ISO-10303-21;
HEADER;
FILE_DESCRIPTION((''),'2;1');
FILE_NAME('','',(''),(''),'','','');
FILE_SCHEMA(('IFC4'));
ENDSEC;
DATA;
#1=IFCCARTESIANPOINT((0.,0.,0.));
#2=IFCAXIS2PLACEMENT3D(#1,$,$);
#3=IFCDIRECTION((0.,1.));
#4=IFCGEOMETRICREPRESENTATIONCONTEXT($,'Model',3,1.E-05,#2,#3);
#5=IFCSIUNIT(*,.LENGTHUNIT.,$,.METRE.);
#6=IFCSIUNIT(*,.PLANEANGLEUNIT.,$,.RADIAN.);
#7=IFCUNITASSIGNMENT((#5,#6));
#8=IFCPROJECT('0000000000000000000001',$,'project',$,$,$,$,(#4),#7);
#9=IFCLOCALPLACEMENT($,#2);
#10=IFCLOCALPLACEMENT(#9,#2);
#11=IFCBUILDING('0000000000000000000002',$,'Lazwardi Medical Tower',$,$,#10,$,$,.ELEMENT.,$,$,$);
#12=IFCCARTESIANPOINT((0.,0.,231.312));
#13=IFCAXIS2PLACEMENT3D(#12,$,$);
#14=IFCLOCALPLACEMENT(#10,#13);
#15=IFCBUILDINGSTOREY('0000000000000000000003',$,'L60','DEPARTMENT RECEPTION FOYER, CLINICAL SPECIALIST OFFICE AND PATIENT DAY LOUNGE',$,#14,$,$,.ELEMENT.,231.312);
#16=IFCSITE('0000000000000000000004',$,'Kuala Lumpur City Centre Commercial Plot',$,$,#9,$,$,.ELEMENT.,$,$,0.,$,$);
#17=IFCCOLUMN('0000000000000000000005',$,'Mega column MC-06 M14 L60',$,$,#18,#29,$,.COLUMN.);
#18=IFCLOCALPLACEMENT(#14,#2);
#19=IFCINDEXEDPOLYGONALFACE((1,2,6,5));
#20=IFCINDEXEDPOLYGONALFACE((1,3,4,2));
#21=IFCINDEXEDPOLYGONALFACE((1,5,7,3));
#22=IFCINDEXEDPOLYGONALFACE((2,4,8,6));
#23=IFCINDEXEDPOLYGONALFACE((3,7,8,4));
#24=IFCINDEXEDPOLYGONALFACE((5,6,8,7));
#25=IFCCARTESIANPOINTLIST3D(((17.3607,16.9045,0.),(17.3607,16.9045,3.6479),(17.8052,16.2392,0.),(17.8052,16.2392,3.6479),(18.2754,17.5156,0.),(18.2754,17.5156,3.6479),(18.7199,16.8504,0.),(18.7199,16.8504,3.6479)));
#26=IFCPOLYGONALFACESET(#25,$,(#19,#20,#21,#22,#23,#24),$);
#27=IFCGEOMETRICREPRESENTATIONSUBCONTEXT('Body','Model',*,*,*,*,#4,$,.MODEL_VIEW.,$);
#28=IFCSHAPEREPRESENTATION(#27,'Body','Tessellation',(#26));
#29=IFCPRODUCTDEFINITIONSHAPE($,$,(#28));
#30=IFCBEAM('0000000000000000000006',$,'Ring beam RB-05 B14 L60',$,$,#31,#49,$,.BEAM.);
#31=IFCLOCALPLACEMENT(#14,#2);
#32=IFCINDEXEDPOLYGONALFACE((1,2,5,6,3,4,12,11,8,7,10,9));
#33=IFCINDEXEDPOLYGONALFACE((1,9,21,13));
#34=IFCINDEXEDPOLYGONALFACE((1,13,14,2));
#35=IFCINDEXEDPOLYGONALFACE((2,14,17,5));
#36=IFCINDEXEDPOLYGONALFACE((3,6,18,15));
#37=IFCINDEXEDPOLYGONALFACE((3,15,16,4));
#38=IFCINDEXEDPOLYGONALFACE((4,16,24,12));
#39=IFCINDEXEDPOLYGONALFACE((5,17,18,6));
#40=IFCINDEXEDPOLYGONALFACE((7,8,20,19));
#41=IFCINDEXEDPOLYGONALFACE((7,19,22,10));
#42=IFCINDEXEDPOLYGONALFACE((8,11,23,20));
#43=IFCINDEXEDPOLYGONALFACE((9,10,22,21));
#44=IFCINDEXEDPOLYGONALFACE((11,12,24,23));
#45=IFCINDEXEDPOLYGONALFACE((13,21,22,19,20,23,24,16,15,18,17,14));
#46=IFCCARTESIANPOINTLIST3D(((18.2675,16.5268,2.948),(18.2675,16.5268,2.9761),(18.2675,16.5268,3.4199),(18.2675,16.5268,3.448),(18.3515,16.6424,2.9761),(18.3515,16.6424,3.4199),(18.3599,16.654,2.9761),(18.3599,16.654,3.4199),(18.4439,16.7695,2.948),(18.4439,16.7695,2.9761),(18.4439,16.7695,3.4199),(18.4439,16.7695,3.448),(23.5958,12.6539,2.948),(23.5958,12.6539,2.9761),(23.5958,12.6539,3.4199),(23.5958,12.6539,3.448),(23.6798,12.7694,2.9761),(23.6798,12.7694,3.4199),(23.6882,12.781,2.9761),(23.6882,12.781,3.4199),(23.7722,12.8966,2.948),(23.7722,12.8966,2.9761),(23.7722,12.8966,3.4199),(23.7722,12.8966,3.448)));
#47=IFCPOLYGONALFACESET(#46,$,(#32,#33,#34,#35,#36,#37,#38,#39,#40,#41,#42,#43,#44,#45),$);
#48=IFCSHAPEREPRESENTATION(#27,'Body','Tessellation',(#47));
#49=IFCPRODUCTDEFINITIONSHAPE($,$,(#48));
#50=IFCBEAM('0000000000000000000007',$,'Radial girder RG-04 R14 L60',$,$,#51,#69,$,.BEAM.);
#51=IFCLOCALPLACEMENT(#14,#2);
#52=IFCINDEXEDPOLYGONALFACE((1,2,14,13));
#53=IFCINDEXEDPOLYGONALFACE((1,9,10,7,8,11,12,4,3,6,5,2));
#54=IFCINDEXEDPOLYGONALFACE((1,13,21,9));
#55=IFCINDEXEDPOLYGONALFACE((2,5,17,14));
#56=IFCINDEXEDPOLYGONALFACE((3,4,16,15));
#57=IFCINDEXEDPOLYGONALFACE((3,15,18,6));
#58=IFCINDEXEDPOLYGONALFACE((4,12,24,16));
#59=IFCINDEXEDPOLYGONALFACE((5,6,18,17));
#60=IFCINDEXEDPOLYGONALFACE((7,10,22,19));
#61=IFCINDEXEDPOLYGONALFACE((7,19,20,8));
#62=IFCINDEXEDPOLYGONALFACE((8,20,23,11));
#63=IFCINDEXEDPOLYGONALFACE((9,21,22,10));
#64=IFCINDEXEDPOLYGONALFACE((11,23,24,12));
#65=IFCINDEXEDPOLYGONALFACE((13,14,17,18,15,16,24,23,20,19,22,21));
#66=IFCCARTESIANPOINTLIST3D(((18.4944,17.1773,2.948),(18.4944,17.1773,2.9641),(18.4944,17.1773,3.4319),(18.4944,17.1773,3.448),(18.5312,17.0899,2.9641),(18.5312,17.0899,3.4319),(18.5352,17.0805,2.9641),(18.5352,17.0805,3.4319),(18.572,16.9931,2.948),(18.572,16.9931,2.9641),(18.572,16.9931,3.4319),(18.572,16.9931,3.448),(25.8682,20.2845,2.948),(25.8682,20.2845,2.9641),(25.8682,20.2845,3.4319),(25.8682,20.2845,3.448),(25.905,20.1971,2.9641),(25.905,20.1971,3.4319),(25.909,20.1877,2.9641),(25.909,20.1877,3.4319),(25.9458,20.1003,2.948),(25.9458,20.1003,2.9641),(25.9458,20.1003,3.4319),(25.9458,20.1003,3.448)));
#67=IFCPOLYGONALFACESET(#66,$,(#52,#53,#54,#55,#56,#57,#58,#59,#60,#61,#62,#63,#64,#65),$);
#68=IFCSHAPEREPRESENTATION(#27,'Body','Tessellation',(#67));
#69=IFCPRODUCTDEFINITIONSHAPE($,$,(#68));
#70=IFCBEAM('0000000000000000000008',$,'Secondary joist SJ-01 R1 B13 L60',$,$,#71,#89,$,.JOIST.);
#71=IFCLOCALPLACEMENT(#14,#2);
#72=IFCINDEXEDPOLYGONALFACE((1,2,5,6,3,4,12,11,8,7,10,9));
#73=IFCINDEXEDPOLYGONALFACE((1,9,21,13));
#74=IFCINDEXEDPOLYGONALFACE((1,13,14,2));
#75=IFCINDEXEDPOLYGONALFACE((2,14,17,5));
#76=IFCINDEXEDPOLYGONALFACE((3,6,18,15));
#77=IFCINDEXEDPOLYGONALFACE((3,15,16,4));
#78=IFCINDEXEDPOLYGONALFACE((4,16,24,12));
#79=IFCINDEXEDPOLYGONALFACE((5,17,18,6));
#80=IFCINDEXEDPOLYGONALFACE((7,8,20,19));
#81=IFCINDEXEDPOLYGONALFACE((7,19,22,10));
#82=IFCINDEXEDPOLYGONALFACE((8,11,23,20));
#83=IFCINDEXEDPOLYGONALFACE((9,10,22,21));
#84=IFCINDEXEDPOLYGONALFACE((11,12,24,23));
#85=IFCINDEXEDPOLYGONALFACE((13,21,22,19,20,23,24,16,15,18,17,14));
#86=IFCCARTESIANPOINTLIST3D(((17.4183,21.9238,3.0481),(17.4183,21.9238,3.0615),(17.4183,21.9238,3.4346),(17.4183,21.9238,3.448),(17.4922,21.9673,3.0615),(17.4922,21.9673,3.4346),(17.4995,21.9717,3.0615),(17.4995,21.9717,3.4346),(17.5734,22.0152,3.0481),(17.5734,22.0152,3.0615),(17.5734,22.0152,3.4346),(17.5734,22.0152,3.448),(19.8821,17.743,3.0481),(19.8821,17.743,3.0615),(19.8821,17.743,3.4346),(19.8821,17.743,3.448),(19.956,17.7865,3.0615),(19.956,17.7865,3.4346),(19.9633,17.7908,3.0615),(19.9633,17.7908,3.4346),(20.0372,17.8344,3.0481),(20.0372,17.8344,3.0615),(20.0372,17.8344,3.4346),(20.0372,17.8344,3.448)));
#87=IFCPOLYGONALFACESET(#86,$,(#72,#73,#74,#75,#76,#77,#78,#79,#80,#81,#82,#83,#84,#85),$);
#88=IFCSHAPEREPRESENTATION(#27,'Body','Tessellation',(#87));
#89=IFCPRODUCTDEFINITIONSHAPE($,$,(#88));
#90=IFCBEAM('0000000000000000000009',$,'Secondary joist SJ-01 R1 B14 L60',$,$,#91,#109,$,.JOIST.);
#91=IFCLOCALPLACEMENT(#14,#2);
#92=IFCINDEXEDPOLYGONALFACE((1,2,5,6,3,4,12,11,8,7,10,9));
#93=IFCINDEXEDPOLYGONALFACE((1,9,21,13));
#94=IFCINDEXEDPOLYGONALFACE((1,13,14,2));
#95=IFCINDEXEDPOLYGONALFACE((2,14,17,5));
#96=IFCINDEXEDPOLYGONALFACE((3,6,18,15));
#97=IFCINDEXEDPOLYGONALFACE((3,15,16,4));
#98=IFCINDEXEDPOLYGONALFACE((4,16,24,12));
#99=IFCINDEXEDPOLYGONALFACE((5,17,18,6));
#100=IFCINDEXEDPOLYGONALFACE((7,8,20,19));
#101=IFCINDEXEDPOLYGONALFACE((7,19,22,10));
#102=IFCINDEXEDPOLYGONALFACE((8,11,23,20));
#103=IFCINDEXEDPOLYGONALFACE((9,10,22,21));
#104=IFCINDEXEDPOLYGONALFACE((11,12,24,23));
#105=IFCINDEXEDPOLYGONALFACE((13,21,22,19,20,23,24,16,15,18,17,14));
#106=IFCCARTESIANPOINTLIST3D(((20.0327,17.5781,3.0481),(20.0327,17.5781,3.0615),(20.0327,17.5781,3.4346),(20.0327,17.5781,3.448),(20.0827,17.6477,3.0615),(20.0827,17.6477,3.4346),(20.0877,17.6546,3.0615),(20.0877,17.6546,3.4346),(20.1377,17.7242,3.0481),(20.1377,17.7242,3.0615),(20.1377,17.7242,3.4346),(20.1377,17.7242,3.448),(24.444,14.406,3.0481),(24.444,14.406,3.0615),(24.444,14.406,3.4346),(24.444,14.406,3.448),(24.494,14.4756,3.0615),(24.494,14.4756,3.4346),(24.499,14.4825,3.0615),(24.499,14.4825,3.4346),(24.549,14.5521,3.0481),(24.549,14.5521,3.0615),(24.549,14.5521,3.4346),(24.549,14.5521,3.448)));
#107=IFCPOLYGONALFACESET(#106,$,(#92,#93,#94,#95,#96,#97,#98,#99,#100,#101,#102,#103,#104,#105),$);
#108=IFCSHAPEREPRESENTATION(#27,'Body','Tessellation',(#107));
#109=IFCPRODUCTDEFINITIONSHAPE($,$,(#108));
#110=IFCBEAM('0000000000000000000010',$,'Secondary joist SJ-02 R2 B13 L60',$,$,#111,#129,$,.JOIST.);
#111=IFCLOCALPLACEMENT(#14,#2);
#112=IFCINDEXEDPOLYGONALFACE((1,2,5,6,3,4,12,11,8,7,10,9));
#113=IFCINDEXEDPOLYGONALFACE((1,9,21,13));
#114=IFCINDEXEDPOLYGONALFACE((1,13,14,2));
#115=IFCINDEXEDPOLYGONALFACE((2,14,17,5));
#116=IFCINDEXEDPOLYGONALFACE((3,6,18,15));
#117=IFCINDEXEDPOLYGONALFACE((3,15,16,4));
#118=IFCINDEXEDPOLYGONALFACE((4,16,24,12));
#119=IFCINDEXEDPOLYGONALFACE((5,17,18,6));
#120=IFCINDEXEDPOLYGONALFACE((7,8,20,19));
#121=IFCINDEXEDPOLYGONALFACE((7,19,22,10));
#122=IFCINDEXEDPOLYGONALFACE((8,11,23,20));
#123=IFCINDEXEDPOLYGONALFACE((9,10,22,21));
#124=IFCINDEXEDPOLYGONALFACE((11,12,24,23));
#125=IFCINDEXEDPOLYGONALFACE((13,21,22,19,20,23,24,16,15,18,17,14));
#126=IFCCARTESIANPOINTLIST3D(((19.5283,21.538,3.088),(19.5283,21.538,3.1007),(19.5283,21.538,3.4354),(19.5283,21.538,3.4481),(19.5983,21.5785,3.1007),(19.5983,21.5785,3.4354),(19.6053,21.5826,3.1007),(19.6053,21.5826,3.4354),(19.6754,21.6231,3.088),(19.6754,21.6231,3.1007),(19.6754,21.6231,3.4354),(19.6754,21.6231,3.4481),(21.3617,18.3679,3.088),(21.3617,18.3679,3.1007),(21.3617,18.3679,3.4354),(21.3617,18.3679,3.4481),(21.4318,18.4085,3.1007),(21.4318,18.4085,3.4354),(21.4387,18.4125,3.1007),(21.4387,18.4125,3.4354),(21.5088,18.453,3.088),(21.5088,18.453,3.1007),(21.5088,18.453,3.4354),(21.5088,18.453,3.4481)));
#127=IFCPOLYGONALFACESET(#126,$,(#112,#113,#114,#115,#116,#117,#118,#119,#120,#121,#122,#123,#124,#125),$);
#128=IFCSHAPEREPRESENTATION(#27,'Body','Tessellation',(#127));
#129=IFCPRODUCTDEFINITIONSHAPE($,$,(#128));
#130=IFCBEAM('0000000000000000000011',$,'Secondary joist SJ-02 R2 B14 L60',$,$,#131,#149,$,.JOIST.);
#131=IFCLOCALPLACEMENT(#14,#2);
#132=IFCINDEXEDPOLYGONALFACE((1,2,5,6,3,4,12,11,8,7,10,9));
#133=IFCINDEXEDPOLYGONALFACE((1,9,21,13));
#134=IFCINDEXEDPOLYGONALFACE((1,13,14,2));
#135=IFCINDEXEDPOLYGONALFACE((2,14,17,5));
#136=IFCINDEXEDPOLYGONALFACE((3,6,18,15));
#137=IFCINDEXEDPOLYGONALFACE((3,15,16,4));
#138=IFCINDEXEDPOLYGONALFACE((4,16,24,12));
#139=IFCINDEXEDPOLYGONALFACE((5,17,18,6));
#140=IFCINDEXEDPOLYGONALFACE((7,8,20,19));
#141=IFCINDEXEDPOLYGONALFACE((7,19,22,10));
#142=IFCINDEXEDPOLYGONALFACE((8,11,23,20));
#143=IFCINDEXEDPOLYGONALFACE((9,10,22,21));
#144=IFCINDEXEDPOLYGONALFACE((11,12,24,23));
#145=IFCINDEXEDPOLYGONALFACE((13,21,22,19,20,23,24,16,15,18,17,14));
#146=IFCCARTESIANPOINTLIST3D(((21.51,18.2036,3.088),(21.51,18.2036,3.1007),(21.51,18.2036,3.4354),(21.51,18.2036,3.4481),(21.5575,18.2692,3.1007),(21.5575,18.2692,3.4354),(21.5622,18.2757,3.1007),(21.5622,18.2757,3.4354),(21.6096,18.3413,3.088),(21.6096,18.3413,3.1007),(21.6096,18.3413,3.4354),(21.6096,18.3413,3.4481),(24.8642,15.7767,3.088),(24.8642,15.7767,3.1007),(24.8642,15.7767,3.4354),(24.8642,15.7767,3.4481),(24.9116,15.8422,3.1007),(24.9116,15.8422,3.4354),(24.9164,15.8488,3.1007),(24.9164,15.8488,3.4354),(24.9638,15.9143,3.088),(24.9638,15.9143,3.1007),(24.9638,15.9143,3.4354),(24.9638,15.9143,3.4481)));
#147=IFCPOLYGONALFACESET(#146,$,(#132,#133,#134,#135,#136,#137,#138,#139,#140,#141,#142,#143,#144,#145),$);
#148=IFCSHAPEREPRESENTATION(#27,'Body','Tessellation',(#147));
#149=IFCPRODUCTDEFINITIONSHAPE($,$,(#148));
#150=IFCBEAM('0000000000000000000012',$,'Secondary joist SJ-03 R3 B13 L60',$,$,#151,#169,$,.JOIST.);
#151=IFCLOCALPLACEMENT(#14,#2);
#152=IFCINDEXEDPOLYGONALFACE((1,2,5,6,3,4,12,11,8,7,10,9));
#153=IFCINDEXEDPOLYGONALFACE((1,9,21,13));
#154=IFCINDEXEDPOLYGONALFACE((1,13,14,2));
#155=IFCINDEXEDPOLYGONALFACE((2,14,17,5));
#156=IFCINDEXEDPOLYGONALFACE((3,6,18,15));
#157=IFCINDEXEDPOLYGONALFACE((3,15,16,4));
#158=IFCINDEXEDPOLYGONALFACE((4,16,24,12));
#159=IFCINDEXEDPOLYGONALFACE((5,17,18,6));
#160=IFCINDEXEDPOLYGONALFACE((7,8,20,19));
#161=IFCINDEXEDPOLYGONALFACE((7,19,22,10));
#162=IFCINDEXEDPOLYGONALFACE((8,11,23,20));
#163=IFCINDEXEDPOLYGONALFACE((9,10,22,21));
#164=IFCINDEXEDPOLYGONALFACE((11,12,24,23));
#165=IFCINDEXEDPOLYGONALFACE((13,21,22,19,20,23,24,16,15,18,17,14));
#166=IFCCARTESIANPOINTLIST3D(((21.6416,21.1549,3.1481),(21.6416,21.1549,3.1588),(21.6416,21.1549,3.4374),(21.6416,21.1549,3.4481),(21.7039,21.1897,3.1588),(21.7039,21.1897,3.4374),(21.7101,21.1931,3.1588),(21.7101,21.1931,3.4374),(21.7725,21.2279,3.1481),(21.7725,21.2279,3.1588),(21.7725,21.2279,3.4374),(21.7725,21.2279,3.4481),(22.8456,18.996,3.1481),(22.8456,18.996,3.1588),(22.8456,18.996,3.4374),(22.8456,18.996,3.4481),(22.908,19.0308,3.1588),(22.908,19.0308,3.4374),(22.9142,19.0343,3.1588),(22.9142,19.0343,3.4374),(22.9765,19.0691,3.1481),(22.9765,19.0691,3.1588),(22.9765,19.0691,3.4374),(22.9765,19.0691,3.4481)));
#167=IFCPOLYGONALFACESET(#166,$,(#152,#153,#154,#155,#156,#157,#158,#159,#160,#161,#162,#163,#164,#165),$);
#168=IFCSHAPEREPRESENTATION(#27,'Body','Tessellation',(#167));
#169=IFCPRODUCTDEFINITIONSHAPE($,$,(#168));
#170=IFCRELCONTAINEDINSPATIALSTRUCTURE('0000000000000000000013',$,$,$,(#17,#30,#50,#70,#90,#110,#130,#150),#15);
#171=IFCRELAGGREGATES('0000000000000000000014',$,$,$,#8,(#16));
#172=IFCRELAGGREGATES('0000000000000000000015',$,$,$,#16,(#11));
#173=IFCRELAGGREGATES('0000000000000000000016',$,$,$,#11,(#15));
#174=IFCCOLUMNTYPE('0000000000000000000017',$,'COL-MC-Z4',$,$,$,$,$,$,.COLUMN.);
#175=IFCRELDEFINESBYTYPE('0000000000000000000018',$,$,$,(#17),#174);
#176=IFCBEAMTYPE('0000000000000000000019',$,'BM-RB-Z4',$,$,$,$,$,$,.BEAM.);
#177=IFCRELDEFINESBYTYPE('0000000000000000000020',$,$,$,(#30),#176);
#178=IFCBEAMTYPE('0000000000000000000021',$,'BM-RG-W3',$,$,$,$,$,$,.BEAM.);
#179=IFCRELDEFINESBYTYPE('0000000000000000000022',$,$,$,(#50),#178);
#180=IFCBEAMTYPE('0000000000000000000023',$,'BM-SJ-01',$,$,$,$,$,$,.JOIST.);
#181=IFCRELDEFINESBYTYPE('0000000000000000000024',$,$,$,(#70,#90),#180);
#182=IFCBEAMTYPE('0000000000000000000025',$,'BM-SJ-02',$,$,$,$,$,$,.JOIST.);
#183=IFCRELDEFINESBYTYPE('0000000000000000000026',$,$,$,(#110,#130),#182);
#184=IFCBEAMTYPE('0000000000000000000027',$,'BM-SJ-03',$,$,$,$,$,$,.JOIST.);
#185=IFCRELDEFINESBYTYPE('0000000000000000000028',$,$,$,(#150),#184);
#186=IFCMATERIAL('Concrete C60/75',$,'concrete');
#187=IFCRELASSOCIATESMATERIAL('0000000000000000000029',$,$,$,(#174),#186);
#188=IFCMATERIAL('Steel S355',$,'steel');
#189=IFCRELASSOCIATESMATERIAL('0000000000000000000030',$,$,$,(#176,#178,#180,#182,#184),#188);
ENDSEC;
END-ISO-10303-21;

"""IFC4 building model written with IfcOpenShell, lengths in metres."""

from ifc_helpers import new_model, si_unit, direction, frame, origin, origin_2d, place, context, subcontext, project, spatial, rectangle, i_section, extrude, material, material_profile, profile_set, type_object, element, save


model = new_model("IFC4")

# Units and contexts
model_context = context("Model", 3, precision=1e-05, world=origin(), true_north=direction((0.0, 1.0)))
body_context = subcontext(model_context, "Body", "Model", "MODEL_VIEW")
ifc_project = project(units=[si_unit("LENGTHUNIT", "METRE"), si_unit("PLANEANGLEUNIT", "RADIAN")], contexts=[model_context])

# Site, building, storey
site_placement = place(None, origin())
site = spatial("IfcSite", under=ifc_project, at=site_placement, Name="Kuala Lumpur City Centre Commercial Plot", CompositionType="ELEMENT", RefElevation=0.0)
building_placement = place(site_placement, origin())
building = spatial("IfcBuilding", under=site, at=building_placement, Name="Lazwardi Medical Tower", CompositionType="ELEMENT")
storey_placement = place(building_placement, frame((0.0, 0.0, 231.312)))
storey = spatial("IfcBuildingStorey", under=building, at=storey_placement, Name="L60", Description="DEPARTMENT RECEPTION FOYER, CLINICAL SPECIALIST OFFICE AND PATIENT DAY LOUNGE", CompositionType="ELEMENT", Elevation=231.312)

# Column
ifc_material_1 = material(Name="Concrete C60/75", Category="concrete")
ifc_material_profile_1 = material_profile(ifc_material_1, rectangle(XDim=1.1001, YDim=0.8, at=origin_2d()), Name="CFT-RECT 1100x800")
ifc_profile_set_1 = profile_set([ifc_material_profile_1], Name="Concrete C60/75")
column_type = type_object("IfcColumnType", Name="COL-MC-Z4", PredefinedType="COLUMN", material=ifc_profile_set_1)
column_placement = place(storey_placement, frame((18.0403, 16.8774, 0.0), z_axis=(0.0, 0.0, 1.0), x_axis=(-0.83147, -0.55557, 0.0)))
element("IfcColumn", 1, at=column_placement, inside=storey, type_object=column_type, Name="Mega column MC-06 M14 L60", PredefinedType="COLUMN", context=body_context, shape_type="SweptSolid", body=[
    extrude(rectangle(XDim=1.1001, YDim=0.8, at=origin_2d()), origin(), (0.0, 0.0, 1.0), 3.6479),
])

# Beams
ifc_material_2 = material(Name="Steel S355", Category="steel")
ifc_material_profile_2 = material_profile(ifc_material_2, i_section(OverallWidth=0.3, OverallDepth=0.5, WebThickness=0.0144, FlangeThickness=0.0281, at=origin_2d()), Name="HEB 500")
ifc_profile_set_2 = profile_set([ifc_material_profile_2], Name="Steel S355")
beam_type_1 = type_object("IfcBeamType", Name="BM-RB-Z4", PredefinedType="BEAM", material=ifc_profile_set_2)
beam_1_placement = place(storey_placement, frame((18.3557, 16.6482, 3.198), z_axis=(0.80889, -0.58796, 0.0), x_axis=(0.58796, 0.80889, 0.0)))
element("IfcBeam", 2, at=beam_1_placement, inside=storey, type_object=beam_type_1, Name="Ring beam RB-05 B14 L60", PredefinedType="BEAM", context=body_context, shape_type="SweptSolid", body=[
    extrude(i_section(OverallWidth=0.3, OverallDepth=0.5, WebThickness=0.0144, FlangeThickness=0.0281, at=origin_2d()), origin(), (0.0, 0.0, 1.0), 6.5872),
])
ifc_material_profile_3 = material_profile(ifc_material_2, i_section(OverallWidth=0.2, OverallDepth=0.5, WebThickness=0.0103, FlangeThickness=0.0161, at=origin_2d()), Name="IPE 500")
ifc_profile_set_3 = profile_set([ifc_material_profile_3], Name="Steel S355")
beam_type_2 = type_object("IfcBeamType", Name="BM-RG-W3", PredefinedType="BEAM", material=ifc_profile_set_3)
beam_2_placement = place(storey_placement, frame((18.5332, 17.0852, 3.198), z_axis=(0.921527, 0.388315, 0.0), x_axis=(-0.388315, 0.921527, 0.0)))
element("IfcBeam", 3, at=beam_2_placement, inside=storey, type_object=beam_type_2, Name="Radial girder RG-04 R14 L60", PredefinedType="BEAM", context=body_context, shape_type="SweptSolid", body=[
    extrude(i_section(OverallWidth=0.2, OverallDepth=0.5, WebThickness=0.0103, FlangeThickness=0.0161, at=origin_2d()), origin(), (0.0, 0.0, 1.0), 8.0017),
])
ifc_material_profile_4 = material_profile(ifc_material_2, i_section(OverallWidth=0.1799, OverallDepth=0.3999, WebThickness=0.0085, FlangeThickness=0.0134, at=origin_2d()), Name="IPE 400")
ifc_profile_set_4 = profile_set([ifc_material_profile_4], Name="Steel S355")
beam_type_3 = type_object("IfcBeamType", Name="BM-SJ-01", PredefinedType="JOIST", material=ifc_profile_set_4)
beam_3_placement = place(storey_placement, frame((17.4958, 21.9695, 3.248), z_axis=(0.50771, -0.861528, 0.0), x_axis=(0.861528, 0.50771, 0.0)))
element("IfcBeam", 4, at=beam_3_placement, inside=storey, type_object=beam_type_3, Name="Secondary joist SJ-01 R1 B13 L60", PredefinedType="JOIST", context=body_context, shape_type="SweptSolid", body=[
    extrude(i_section(OverallWidth=0.1799, OverallDepth=0.3999, WebThickness=0.0085, FlangeThickness=0.0134, at=origin_2d()), origin(), (0.0, 0.0, 1.0), 4.8528),
])
beam_4_placement = place(storey_placement, frame((20.0852, 17.6511, 3.248), z_axis=(0.81189, -0.583811, 0.0), x_axis=(0.583811, 0.81189, 0.0)))
element("IfcBeam", 5, at=beam_4_placement, inside=storey, type_object=beam_type_3, Name="Secondary joist SJ-01 R1 B14 L60", PredefinedType="JOIST", context=body_context, shape_type="SweptSolid", body=[
    extrude(i_section(OverallWidth=0.1799, OverallDepth=0.3999, WebThickness=0.0085, FlangeThickness=0.0134, at=origin_2d()), origin(), (0.0, 0.0, 1.0), 5.4333),
])
ifc_material_profile_5 = material_profile(ifc_material_2, i_section(OverallWidth=0.1699, OverallDepth=0.3601, WebThickness=0.0081, FlangeThickness=0.0127, at=origin_2d()), Name="IPE 360")
ifc_profile_set_5 = profile_set([ifc_material_profile_5], Name="Steel S355")
beam_type_4 = type_object("IfcBeamType", Name="BM-SJ-02", PredefinedType="JOIST", material=ifc_profile_set_5)
beam_5_placement = place(storey_placement, frame((19.6018, 21.5806, 3.2681), z_axis=(0.500655, -0.865647, 0.0), x_axis=(0.865647, 0.500655, 0.0)))
element("IfcBeam", 6, at=beam_5_placement, inside=storey, type_object=beam_type_4, Name="Secondary joist SJ-02 R2 B13 L60", PredefinedType="JOIST", context=body_context, shape_type="SweptSolid", body=[
    extrude(i_section(OverallWidth=0.1699, OverallDepth=0.3601, WebThickness=0.0081, FlangeThickness=0.0127, at=origin_2d()), origin(), (0.0, 0.0, 1.0), 3.6621),
])
beam_6_placement = place(storey_placement, frame((21.5598, 18.2725, 3.2681), z_axis=(0.810164, -0.586203, 0.0), x_axis=(0.586203, 0.810164, 0.0)))
element("IfcBeam", 7, at=beam_6_placement, inside=storey, type_object=beam_type_4, Name="Secondary joist SJ-02 R2 B14 L60", PredefinedType="JOIST", context=body_context, shape_type="SweptSolid", body=[
    extrude(i_section(OverallWidth=0.1699, OverallDepth=0.3601, WebThickness=0.0081, FlangeThickness=0.0127, at=origin_2d()), origin(), (0.0, 0.0, 1.0), 4.1401),
])
ifc_material_profile_6 = material_profile(ifc_material_2, i_section(OverallWidth=0.1499, OverallDepth=0.3, WebThickness=0.0071, FlangeThickness=0.0107, at=origin_2d()), Name="IPE 300")
ifc_profile_set_6 = profile_set([ifc_material_profile_6], Name="Steel S355")
beam_type_5 = type_object("IfcBeamType", Name="BM-SJ-03", PredefinedType="JOIST", material=ifc_profile_set_6)
beam_7_placement = place(storey_placement, frame((21.707, 21.1914, 3.2981), z_axis=(0.487093, -0.87335, 0.0), x_axis=(0.87335, 0.487093, 0.0)))
element("IfcBeam", 8, at=beam_7_placement, inside=storey, type_object=beam_type_5, Name="Secondary joist SJ-03 R3 B13 L60", PredefinedType="JOIST", context=body_context, shape_type="SweptSolid", body=[
    extrude(i_section(OverallWidth=0.1499, OverallDepth=0.3, WebThickness=0.0071, FlangeThickness=0.0107, at=origin_2d()), origin(), (0.0, 0.0, 1.0), 2.4719),
])

save(model, "model.ifc")
